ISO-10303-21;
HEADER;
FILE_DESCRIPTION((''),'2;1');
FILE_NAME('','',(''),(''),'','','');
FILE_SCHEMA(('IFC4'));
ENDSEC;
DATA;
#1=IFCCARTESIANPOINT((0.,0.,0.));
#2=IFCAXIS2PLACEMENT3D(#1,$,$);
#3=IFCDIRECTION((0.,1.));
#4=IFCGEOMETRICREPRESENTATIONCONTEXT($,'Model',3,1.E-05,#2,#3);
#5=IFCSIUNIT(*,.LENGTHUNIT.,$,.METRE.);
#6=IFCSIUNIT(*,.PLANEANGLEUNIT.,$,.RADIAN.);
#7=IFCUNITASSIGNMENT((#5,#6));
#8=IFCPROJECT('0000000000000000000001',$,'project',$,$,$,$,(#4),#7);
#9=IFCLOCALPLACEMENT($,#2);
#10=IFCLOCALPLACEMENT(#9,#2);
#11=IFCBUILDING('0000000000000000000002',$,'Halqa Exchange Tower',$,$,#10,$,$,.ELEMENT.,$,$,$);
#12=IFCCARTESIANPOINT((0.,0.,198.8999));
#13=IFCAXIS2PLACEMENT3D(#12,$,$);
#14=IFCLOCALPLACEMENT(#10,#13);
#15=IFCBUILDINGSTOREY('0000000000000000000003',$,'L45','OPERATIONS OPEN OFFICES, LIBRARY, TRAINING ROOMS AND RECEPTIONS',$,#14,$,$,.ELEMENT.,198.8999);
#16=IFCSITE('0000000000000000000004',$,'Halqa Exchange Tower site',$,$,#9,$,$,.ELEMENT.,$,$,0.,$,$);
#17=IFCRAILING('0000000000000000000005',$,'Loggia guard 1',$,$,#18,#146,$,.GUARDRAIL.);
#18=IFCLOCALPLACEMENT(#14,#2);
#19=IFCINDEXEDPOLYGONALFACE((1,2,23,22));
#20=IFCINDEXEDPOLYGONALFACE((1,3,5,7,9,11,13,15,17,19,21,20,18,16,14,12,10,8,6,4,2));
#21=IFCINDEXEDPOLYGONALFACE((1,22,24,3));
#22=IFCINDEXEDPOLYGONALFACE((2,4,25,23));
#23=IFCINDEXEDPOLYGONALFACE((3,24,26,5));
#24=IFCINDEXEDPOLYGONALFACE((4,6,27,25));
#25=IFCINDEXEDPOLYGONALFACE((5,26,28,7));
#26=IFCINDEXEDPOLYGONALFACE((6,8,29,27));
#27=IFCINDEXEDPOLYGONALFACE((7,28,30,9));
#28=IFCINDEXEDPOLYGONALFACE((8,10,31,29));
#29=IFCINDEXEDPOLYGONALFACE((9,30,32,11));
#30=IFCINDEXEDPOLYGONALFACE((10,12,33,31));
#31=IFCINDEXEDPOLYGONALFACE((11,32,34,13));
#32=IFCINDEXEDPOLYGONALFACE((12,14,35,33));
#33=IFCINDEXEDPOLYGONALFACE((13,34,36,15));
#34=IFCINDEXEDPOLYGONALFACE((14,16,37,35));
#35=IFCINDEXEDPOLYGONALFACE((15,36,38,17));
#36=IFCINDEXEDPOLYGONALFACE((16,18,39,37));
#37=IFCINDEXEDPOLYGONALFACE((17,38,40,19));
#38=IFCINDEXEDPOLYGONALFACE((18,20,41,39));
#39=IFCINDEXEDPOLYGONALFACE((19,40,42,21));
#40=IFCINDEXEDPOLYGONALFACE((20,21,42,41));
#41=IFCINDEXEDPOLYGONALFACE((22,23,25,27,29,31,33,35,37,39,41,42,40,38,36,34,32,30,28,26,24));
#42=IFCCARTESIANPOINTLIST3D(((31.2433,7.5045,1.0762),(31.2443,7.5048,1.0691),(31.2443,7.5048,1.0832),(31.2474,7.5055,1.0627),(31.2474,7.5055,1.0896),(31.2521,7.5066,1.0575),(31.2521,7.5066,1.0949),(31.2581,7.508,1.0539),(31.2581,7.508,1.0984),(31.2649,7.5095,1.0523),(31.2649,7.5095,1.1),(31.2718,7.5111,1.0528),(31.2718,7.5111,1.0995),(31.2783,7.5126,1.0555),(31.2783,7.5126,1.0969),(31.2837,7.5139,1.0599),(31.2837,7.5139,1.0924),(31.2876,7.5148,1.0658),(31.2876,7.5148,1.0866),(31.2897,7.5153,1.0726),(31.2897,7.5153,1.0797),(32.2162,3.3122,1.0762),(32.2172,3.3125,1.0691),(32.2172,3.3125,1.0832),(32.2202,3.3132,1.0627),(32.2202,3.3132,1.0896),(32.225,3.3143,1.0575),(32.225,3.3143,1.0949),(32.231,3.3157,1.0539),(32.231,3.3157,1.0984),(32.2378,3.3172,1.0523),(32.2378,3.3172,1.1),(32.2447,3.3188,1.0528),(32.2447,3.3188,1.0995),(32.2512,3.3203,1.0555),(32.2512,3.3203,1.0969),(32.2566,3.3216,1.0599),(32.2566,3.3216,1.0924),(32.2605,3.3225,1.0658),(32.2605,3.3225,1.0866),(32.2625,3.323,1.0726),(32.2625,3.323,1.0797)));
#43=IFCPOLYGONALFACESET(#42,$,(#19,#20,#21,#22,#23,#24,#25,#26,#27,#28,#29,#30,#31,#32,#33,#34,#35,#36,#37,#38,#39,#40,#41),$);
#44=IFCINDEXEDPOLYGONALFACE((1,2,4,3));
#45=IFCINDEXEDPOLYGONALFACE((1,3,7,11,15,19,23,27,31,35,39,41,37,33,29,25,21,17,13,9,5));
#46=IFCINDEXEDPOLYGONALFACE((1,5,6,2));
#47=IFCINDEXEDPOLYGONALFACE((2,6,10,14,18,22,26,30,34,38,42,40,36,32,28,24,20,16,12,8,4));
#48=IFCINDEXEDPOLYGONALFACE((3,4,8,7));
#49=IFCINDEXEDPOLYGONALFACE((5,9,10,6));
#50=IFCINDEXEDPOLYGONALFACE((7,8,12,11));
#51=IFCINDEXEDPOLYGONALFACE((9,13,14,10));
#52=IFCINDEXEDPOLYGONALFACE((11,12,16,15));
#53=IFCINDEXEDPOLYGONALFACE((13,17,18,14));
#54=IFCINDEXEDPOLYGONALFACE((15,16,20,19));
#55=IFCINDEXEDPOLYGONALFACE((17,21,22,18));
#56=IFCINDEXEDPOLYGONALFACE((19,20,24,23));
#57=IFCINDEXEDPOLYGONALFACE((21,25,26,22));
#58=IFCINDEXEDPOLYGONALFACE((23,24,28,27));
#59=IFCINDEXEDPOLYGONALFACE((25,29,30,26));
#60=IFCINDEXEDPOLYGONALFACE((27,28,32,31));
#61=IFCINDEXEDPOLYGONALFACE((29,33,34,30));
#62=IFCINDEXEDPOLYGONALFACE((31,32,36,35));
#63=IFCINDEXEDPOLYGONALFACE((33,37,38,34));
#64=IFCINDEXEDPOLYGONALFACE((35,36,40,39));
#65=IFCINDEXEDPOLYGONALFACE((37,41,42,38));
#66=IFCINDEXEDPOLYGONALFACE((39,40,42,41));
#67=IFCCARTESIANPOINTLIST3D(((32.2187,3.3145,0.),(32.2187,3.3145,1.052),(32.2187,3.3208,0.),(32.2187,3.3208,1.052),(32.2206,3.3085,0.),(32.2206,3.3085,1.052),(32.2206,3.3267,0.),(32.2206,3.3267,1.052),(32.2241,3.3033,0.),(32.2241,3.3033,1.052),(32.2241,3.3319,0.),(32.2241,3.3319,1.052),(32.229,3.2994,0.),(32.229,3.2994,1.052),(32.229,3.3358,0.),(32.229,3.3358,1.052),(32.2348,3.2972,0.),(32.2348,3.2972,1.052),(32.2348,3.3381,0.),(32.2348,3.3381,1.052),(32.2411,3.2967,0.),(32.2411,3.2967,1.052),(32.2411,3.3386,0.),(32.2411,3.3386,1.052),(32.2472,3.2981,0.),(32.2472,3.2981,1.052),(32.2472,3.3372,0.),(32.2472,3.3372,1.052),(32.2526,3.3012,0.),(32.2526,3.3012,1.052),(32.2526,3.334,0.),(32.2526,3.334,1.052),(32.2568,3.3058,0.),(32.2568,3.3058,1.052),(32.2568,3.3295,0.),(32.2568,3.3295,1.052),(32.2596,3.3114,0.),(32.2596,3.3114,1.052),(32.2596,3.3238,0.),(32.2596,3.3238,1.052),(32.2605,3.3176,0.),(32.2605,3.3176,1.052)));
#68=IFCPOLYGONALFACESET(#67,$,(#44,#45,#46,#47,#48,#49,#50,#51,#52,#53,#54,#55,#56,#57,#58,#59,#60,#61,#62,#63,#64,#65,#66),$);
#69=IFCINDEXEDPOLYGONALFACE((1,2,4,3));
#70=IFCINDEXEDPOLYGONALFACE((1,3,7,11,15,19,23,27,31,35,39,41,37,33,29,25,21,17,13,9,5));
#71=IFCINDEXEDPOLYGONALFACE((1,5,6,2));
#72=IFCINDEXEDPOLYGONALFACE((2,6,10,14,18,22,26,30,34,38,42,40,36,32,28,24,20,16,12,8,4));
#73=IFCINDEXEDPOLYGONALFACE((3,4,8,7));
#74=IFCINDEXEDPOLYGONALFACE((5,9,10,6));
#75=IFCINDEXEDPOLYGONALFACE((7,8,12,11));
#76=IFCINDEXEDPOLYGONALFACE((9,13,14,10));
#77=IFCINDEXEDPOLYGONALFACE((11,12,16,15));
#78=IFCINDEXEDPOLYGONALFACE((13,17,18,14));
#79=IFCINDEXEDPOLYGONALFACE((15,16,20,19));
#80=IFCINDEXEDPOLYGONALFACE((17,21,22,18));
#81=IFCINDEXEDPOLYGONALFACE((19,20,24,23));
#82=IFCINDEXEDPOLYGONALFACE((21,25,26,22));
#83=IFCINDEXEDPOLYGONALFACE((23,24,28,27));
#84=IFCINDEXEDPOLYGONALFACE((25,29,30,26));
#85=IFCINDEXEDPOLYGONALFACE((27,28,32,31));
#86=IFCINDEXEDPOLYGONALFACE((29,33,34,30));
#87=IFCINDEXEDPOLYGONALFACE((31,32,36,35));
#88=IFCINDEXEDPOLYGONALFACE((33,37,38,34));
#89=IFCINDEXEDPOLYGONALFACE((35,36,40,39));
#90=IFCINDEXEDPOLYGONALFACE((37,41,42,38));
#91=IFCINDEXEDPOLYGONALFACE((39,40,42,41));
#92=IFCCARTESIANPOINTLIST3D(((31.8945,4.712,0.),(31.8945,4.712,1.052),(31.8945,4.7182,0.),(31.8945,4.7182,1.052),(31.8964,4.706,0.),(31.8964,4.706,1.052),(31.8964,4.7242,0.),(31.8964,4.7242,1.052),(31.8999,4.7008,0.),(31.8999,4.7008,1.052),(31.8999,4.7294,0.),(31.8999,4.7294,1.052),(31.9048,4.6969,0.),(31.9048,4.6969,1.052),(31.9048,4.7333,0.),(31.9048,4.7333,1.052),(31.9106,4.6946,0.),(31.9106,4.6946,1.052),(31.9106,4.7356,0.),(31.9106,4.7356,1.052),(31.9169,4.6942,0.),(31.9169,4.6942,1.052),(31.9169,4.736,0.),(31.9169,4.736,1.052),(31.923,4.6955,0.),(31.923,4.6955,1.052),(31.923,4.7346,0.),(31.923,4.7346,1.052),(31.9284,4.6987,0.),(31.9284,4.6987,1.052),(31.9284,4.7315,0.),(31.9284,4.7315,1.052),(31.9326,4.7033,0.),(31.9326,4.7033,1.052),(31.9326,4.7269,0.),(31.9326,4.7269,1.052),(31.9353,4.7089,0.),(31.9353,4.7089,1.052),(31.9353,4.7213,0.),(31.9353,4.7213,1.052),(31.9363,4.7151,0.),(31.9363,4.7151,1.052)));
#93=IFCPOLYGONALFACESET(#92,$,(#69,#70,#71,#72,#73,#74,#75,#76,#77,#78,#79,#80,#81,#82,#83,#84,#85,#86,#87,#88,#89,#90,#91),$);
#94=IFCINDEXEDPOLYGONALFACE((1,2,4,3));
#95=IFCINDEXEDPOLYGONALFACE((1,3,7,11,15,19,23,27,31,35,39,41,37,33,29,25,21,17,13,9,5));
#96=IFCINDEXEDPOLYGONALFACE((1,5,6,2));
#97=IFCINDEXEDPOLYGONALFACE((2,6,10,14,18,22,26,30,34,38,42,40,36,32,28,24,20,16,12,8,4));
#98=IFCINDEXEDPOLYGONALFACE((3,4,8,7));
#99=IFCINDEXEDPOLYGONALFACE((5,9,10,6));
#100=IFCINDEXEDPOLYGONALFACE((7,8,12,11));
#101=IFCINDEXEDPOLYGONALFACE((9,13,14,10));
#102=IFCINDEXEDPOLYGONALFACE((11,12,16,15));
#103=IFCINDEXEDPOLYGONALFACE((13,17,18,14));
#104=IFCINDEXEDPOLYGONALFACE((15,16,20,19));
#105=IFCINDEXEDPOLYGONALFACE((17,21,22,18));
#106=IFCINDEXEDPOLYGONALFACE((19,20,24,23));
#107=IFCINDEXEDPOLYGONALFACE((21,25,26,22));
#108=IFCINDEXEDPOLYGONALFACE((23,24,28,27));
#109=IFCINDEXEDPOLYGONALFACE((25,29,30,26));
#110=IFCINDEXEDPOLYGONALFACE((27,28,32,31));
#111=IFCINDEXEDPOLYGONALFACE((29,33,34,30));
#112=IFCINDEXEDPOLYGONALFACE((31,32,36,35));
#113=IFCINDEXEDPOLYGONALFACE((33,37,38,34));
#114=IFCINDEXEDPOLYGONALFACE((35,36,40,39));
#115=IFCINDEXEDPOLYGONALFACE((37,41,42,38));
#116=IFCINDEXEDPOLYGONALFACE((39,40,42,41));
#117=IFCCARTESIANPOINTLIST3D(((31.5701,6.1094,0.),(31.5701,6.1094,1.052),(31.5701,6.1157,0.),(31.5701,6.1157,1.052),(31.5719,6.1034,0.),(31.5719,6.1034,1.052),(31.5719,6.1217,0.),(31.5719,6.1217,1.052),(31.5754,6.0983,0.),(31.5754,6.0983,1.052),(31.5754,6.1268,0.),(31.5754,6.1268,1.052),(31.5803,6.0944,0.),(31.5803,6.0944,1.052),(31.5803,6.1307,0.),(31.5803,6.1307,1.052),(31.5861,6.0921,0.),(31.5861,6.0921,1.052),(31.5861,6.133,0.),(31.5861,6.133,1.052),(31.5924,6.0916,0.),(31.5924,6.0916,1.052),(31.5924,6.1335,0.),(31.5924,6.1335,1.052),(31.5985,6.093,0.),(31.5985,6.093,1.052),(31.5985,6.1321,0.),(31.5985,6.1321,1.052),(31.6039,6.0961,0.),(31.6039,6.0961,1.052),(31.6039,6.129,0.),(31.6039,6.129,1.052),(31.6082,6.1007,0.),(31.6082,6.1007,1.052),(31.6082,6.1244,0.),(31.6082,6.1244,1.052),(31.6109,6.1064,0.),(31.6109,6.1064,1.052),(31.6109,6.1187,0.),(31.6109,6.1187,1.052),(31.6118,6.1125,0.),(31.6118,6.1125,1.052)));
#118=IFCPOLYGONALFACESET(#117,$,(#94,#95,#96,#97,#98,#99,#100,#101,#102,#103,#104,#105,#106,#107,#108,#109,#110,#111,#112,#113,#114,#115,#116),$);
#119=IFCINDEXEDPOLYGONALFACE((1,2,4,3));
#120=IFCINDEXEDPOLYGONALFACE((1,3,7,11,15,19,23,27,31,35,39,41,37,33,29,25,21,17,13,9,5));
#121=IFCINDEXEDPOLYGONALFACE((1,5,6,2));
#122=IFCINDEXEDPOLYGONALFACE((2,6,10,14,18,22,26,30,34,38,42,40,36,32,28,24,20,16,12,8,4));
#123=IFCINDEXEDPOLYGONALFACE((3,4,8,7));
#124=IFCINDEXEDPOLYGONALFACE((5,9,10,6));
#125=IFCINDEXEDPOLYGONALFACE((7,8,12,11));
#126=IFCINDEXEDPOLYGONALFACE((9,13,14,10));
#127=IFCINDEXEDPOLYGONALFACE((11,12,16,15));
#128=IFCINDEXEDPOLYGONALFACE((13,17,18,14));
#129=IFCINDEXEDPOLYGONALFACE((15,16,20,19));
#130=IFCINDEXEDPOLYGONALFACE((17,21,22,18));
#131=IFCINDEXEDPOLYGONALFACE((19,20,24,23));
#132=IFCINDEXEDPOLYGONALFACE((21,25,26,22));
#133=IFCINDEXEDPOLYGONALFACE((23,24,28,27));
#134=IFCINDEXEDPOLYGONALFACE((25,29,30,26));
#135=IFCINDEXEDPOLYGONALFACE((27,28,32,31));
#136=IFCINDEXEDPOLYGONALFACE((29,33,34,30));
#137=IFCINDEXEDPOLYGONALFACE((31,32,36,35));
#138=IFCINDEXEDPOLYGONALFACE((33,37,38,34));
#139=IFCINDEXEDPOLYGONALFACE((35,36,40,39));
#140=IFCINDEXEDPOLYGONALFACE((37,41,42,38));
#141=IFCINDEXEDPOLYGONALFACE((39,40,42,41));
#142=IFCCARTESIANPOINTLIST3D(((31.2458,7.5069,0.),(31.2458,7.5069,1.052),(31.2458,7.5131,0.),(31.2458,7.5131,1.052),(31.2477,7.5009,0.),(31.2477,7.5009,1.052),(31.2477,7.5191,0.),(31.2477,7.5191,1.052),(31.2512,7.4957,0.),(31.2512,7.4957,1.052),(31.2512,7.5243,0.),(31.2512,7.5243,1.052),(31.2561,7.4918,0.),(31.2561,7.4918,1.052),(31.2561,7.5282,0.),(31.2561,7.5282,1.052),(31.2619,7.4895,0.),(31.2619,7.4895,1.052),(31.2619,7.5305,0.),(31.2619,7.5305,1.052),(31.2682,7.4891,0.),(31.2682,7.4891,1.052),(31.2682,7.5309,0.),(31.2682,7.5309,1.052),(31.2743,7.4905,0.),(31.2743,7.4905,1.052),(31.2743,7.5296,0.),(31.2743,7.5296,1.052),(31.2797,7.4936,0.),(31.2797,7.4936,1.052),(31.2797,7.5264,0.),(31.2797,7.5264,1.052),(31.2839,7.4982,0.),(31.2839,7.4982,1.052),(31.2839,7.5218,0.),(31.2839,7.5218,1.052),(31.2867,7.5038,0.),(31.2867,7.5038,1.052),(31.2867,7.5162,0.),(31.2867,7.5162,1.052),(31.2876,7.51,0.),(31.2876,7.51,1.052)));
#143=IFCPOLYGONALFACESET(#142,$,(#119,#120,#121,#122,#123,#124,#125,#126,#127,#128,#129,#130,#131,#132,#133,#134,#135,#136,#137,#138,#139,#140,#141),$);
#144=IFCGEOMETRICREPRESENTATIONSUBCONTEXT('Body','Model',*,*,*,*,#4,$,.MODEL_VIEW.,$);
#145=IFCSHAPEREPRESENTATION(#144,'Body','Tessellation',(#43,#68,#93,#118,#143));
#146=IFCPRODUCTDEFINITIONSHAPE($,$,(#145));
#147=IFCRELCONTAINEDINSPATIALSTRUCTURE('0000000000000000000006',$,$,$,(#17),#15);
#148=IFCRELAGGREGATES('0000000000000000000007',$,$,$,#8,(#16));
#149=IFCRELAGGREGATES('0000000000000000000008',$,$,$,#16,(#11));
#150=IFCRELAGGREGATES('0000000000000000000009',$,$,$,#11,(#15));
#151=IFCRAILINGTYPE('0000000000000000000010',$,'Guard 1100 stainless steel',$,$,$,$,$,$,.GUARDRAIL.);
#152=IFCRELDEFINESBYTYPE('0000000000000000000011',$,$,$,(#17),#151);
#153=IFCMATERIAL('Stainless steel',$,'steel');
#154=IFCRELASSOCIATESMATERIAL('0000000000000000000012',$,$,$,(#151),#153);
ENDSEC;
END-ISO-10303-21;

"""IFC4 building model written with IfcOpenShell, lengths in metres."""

from ifc_helpers import new_model, si_unit, direction, frame, origin, origin_2d, place, context, subcontext, project, spatial, circle, extrude, material, type_object, element, save


model = new_model("IFC4")

# Units and contexts
model_context = context("Model", 3, precision=1e-05, world=origin(), true_north=direction((0.0, 1.0)))
body_context = subcontext(model_context, "Body", "Model", "MODEL_VIEW")
ifc_project = project(units=[si_unit("LENGTHUNIT", "METRE"), si_unit("PLANEANGLEUNIT", "RADIAN")], contexts=[model_context])

# Site, building, storey
site_placement = place(None, origin())
site = spatial("IfcSite", under=ifc_project, at=site_placement, Name="Halqa Exchange Tower site", CompositionType="ELEMENT", RefElevation=0.0)
building_placement = place(site_placement, origin())
building = spatial("IfcBuilding", under=site, at=building_placement, Name="Halqa Exchange Tower", CompositionType="ELEMENT")
storey_placement = place(building_placement, frame((0.0, 0.0, 198.8999)))
storey = spatial("IfcBuildingStorey", under=building, at=storey_placement, Name="L45", Description="OPERATIONS OPEN OFFICES, LIBRARY, TRAINING ROOMS AND RECEPTIONS", CompositionType="ELEMENT", Elevation=198.8999)

# Railing
ifc_material_1 = material(Name="Stainless steel", Category="steel")
railing_type = type_object("IfcRailingType", Name="Guard 1100 stainless steel", PredefinedType="GUARDRAIL", material=ifc_material_1)
railing_1_placement = place(storey_placement, frame((32.2395, 3.3176, 0.0)))
element("IfcRailing", 1, at=railing_1_placement, inside=storey, type_object=railing_type, Name="Loggia guard 1", PredefinedType="GUARDRAIL", context=body_context, shape_type="SweptSolid", body=[
    extrude(circle(Radius=0.0239, at=origin_2d()), frame((0.0, 0.0, 1.0762), z_axis=(-0.226057, 0.974114, 0.0), x_axis=(-0.974114, -0.226057, 0.0)), (0.0, 0.0, 1.0), 4.3037),
    extrude(circle(Radius=0.021, at=origin_2d()), origin(), (0.0, 0.0, 1.0), 1.052),
    extrude(circle(Radius=0.021, at=origin_2d()), frame((-0.3242, 1.3975, 0.0)), (0.0, 0.0, 1.0), 1.052),
    extrude(circle(Radius=0.021, at=origin_2d()), frame((-0.6487, 2.7949, 0.0)), (0.0, 0.0, 1.0), 1.052),
    extrude(circle(Radius=0.021, at=origin_2d()), frame((-0.9729, 4.1924, 0.0)), (0.0, 0.0, 1.0), 1.052),
])

save(model, "model.ifc")
